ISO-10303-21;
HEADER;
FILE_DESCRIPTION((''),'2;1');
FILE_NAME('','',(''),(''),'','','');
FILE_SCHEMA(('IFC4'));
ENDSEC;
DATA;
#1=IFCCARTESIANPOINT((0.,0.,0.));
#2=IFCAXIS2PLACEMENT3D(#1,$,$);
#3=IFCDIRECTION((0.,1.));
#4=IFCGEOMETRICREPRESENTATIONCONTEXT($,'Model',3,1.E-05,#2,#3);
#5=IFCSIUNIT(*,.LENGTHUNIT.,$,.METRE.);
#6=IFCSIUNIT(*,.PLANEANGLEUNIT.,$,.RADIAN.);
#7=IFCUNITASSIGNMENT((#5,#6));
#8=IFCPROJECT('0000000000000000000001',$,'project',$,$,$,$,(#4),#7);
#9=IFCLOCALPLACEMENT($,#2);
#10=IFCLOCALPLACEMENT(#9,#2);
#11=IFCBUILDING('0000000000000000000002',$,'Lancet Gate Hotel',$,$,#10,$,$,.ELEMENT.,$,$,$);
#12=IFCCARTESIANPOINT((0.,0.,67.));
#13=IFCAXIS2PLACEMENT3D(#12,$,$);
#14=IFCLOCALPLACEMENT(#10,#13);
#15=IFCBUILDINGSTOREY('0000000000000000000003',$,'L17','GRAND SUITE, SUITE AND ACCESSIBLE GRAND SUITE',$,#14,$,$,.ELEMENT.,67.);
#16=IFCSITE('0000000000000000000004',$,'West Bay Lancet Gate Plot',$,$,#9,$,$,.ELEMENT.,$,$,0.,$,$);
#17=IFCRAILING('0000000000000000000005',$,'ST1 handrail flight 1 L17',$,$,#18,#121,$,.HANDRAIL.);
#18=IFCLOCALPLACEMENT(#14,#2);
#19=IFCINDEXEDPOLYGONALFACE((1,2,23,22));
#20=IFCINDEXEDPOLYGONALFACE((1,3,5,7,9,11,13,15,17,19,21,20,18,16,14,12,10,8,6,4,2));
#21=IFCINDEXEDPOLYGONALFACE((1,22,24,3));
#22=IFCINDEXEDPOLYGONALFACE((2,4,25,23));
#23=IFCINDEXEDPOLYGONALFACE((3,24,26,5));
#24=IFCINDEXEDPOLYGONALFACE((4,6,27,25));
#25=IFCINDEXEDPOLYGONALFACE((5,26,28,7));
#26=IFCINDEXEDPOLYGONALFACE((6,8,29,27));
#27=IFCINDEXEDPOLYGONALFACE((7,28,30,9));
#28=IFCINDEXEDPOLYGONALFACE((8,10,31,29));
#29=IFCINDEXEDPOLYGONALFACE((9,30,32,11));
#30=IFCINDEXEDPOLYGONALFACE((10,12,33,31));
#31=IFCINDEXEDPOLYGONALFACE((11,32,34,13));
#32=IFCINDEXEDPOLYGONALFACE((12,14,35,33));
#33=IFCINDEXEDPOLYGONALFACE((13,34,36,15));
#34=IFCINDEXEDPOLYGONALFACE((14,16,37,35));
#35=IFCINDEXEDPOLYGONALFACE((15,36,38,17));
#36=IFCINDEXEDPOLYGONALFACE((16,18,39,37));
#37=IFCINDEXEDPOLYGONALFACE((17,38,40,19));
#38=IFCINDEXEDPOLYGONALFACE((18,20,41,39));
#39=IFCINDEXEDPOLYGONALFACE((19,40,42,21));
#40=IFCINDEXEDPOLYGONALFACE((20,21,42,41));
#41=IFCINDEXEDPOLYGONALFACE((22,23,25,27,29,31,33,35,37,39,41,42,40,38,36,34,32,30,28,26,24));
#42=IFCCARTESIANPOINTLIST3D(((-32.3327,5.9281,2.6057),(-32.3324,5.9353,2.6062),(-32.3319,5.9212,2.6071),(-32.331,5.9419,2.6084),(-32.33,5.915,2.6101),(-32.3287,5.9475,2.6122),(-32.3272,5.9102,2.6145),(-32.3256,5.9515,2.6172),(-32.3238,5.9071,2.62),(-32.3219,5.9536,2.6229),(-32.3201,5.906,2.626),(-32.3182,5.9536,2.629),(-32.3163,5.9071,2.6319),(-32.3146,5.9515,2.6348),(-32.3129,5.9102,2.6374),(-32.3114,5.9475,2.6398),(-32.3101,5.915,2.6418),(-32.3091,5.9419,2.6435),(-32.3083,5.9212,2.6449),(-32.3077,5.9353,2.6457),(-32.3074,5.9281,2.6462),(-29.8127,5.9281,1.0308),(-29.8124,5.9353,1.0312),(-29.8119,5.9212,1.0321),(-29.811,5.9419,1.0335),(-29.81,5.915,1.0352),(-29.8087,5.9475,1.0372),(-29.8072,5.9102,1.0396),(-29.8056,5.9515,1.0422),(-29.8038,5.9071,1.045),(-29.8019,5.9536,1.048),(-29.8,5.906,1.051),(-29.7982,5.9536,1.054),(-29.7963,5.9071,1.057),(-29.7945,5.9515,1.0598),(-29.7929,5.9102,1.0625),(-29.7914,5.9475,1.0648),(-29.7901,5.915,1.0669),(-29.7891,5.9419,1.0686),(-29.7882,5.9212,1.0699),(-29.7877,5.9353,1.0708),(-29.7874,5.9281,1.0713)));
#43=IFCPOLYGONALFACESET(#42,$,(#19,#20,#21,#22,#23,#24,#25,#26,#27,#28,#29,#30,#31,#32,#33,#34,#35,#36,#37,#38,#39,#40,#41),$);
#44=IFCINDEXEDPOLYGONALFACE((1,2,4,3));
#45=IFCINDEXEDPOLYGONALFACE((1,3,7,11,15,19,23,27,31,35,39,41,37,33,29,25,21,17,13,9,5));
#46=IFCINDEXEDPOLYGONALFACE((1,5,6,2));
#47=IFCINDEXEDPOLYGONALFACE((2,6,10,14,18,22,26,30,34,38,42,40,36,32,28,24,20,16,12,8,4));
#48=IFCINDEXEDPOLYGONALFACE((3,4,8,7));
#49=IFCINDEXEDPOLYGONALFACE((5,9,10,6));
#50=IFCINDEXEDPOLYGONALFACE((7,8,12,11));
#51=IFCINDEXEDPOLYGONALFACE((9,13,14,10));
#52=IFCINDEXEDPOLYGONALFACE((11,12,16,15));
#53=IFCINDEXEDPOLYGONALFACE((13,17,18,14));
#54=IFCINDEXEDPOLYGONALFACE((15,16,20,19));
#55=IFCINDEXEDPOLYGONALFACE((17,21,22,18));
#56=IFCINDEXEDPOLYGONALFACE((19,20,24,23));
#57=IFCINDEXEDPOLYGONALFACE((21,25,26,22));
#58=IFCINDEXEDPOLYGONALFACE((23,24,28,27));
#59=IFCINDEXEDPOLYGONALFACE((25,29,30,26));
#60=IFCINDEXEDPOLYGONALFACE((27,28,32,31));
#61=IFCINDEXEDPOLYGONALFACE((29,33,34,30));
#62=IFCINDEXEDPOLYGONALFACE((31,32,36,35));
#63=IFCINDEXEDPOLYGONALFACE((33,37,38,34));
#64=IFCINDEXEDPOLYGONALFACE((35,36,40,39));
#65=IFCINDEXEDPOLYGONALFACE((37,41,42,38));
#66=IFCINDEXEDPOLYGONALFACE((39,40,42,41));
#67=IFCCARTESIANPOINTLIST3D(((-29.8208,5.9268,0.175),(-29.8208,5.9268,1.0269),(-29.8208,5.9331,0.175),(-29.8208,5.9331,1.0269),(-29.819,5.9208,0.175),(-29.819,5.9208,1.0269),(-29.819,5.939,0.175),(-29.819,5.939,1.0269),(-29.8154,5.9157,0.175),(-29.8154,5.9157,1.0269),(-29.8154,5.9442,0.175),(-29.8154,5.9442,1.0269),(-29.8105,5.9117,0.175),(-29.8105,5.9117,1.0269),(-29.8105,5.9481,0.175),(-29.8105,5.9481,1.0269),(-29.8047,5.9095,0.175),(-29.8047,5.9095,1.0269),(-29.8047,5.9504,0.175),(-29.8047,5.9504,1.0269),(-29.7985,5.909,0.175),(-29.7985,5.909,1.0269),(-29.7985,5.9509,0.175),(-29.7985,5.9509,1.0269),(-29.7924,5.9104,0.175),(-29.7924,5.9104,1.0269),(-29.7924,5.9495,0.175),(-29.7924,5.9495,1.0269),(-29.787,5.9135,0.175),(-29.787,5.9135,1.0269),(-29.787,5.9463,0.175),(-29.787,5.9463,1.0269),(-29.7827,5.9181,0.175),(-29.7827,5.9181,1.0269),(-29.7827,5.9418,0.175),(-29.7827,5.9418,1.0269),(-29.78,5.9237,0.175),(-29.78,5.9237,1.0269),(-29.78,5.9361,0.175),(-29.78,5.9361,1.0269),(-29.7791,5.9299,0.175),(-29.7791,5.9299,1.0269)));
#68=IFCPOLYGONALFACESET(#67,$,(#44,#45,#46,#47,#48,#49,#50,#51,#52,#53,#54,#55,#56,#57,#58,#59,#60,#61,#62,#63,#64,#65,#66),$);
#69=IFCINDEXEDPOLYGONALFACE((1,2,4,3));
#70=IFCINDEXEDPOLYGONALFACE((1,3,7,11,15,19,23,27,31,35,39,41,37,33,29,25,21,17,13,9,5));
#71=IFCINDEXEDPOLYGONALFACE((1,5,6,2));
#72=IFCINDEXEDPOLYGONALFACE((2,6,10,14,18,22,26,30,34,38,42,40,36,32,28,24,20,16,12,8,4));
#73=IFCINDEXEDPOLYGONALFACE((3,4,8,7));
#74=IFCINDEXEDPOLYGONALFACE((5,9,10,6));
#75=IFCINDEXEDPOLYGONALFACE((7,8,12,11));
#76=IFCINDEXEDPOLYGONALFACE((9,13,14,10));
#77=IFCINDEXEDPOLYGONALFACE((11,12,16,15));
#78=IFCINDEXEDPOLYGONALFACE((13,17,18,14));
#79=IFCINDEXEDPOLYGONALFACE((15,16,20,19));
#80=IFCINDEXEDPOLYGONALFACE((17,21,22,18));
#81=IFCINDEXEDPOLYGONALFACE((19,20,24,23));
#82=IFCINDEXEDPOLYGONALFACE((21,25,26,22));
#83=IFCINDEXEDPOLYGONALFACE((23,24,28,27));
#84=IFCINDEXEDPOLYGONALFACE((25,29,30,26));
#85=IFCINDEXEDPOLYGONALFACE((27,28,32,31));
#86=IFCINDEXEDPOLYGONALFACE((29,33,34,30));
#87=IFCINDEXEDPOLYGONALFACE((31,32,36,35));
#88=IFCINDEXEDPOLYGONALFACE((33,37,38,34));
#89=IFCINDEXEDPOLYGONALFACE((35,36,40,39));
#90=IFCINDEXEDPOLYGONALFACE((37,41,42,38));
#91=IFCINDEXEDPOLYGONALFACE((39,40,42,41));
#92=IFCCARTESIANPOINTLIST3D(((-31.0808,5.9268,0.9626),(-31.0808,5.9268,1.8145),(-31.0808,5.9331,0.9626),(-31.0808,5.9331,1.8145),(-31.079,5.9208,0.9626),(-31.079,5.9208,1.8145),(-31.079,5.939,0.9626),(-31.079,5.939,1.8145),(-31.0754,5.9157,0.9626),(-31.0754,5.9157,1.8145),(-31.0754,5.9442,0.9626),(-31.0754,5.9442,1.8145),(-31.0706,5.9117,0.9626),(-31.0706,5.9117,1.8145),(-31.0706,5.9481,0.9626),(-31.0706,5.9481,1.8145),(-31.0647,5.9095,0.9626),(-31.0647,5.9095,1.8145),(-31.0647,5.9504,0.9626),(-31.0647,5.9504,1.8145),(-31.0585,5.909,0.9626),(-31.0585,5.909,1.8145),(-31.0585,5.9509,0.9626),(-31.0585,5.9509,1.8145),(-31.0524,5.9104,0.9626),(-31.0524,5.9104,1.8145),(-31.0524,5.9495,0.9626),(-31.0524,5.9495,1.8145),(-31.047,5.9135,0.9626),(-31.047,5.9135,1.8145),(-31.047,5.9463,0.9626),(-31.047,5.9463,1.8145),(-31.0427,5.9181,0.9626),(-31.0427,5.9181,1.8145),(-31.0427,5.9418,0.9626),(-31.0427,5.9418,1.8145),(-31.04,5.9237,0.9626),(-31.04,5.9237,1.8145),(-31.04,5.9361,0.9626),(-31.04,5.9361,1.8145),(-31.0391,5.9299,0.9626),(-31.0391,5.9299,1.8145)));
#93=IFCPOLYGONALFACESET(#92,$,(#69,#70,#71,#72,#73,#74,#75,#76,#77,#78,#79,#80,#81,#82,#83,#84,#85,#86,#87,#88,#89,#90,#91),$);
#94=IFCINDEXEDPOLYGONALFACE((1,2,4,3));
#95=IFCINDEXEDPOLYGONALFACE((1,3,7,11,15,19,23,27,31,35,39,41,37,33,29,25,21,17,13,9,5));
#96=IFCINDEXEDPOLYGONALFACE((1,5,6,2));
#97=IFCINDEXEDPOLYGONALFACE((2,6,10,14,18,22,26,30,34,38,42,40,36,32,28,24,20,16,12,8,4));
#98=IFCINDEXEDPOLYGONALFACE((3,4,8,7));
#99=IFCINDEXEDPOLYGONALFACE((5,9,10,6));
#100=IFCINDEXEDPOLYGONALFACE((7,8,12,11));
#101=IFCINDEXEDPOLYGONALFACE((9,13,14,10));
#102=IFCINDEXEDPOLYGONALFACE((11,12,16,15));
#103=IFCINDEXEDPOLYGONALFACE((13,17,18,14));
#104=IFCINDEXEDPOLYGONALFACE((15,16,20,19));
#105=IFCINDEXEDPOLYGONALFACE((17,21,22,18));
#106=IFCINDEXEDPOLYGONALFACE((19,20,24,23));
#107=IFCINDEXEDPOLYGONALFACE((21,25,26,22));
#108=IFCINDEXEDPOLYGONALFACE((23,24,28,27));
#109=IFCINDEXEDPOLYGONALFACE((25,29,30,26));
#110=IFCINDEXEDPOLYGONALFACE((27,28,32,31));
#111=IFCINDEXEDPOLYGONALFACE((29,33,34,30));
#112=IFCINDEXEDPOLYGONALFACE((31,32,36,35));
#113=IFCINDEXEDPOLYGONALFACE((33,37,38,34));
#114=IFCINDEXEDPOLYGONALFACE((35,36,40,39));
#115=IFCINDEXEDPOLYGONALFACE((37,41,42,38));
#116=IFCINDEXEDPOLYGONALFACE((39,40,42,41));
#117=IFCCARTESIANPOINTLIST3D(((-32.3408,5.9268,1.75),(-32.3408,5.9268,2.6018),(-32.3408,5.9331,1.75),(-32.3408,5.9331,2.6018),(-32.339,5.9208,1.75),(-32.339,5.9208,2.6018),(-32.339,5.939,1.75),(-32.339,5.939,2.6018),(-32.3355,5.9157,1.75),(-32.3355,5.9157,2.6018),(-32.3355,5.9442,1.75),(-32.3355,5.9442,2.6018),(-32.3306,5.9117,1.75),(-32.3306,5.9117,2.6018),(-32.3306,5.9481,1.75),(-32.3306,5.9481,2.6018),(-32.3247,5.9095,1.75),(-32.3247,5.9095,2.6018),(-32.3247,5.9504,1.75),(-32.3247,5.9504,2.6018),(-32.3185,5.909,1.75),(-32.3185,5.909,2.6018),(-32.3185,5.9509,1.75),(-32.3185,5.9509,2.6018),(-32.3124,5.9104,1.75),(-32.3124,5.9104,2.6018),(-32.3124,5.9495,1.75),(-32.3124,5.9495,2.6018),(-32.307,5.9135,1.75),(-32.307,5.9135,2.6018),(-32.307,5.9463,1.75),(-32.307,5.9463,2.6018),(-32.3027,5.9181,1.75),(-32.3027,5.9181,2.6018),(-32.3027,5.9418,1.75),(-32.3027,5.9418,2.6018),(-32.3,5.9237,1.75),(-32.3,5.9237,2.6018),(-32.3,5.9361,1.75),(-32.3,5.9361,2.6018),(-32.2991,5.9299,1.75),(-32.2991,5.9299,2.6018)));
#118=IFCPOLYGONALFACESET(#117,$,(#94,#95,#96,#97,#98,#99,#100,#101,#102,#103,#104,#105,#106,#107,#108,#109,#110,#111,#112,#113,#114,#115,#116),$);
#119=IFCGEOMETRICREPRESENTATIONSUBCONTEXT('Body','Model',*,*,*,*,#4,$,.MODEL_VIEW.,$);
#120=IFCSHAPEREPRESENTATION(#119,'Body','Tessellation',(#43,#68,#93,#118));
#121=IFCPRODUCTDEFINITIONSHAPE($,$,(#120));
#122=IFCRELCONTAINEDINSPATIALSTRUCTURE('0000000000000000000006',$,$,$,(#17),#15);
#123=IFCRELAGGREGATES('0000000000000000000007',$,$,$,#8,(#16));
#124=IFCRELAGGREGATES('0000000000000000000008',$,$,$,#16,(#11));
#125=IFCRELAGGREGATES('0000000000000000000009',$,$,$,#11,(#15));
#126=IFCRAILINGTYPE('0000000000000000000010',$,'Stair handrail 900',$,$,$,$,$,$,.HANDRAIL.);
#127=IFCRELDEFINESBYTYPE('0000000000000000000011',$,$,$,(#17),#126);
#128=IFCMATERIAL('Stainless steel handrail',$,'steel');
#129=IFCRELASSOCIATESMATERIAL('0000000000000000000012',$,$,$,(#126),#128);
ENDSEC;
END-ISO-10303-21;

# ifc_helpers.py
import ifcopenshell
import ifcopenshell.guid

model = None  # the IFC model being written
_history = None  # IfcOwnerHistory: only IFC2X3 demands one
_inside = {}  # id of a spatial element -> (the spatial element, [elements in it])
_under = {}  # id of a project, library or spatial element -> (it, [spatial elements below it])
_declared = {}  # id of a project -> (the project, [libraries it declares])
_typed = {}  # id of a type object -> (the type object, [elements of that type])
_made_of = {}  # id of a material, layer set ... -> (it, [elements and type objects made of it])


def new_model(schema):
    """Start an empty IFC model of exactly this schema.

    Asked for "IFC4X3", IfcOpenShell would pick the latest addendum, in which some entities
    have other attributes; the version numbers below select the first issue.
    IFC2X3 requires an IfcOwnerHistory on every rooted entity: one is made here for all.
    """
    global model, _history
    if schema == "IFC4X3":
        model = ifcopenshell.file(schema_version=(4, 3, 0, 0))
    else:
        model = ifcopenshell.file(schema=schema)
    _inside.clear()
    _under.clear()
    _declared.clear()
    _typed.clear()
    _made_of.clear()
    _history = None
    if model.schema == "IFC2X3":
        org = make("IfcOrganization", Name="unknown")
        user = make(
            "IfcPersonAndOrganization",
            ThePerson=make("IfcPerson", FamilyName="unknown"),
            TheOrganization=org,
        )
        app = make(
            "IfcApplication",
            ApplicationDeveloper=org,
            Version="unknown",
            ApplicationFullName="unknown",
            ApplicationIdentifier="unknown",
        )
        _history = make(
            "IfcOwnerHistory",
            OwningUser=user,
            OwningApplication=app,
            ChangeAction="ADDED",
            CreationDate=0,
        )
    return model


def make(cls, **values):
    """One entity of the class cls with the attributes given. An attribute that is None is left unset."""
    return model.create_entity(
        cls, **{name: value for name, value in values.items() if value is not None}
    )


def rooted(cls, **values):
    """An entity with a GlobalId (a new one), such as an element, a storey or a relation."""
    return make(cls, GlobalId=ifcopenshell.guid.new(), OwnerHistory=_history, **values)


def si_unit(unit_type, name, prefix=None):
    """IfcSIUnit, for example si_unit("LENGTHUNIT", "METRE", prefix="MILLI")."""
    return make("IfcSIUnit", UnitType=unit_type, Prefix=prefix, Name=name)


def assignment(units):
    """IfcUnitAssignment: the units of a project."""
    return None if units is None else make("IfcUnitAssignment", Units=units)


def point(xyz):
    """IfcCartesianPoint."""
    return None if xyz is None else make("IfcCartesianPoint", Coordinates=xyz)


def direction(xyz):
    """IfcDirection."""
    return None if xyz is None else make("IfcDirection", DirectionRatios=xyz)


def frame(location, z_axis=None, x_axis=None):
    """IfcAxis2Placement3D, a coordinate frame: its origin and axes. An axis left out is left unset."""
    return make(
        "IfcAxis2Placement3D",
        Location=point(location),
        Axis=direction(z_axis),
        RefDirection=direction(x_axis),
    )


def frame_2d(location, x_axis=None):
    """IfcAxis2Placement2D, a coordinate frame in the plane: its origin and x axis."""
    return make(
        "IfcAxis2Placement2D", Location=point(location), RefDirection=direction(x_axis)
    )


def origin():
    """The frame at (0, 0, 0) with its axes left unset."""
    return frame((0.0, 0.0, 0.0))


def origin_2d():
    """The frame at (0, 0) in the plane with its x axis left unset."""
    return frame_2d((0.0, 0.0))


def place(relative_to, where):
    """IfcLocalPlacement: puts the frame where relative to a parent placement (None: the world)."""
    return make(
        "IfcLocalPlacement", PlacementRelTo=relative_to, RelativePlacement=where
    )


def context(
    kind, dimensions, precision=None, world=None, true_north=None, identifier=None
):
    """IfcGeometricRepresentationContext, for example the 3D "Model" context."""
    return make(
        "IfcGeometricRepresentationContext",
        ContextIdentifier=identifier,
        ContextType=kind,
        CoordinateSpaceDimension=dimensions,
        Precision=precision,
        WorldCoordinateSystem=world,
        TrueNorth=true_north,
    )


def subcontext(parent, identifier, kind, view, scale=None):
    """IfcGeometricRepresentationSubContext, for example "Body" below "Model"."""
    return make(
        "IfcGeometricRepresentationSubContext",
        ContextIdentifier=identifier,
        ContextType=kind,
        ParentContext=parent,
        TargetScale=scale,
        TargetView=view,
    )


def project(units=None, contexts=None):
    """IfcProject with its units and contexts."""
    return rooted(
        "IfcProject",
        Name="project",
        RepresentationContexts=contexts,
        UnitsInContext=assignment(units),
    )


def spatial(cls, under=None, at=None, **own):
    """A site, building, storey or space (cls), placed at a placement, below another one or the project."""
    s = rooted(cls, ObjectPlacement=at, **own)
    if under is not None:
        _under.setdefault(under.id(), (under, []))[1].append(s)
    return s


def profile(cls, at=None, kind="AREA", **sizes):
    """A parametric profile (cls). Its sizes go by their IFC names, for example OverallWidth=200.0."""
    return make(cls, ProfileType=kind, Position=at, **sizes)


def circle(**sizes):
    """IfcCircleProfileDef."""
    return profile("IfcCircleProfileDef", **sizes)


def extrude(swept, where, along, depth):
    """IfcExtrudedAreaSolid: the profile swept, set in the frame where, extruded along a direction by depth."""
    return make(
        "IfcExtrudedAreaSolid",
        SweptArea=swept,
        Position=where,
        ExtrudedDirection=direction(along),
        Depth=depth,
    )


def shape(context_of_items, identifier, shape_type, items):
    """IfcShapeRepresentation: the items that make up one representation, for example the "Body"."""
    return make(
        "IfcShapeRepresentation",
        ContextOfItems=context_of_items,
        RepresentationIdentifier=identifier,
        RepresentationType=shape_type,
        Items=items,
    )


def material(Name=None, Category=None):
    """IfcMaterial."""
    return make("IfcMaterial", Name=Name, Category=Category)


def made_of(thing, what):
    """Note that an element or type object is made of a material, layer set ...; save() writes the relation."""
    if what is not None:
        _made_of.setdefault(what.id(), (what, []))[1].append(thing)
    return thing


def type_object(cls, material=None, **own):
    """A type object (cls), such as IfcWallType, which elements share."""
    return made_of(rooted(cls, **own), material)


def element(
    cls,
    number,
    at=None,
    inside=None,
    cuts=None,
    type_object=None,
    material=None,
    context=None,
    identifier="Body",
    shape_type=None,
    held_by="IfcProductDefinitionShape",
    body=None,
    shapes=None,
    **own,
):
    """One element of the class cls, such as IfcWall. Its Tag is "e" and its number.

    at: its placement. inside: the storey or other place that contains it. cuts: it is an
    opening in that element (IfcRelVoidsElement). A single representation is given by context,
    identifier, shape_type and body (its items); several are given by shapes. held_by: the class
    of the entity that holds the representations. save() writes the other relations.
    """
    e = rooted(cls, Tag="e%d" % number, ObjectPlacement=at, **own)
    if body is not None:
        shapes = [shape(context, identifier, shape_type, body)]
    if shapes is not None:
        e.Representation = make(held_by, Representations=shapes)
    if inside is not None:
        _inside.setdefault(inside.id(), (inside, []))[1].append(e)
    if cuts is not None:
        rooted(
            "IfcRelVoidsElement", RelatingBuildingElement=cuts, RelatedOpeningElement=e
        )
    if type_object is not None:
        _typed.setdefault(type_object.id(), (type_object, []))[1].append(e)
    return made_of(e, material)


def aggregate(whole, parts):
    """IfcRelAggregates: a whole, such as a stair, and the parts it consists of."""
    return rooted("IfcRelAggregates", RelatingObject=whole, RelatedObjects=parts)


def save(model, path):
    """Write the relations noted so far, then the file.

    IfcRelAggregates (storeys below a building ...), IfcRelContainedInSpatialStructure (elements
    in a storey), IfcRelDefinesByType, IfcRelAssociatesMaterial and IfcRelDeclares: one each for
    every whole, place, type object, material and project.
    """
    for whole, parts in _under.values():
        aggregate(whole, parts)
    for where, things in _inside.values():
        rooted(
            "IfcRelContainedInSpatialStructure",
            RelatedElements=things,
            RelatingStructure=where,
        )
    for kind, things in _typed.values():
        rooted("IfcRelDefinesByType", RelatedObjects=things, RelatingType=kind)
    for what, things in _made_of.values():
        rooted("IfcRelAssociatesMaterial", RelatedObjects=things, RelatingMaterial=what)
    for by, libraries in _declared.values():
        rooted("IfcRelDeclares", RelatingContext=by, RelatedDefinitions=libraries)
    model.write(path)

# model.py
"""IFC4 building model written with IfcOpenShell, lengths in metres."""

from ifc_helpers import new_model, si_unit, direction, frame, origin, origin_2d, place, context, subcontext, project, spatial, circle, extrude, material, type_object, element, save


model = new_model("IFC4")

# Units and contexts
model_context = context("Model", 3, precision=1e-05, world=origin(), true_north=direction((0.0, 1.0)))
body_context = subcontext(model_context, "Body", "Model", "MODEL_VIEW")
ifc_project = project(units=[si_unit("LENGTHUNIT", "METRE"), si_unit("PLANEANGLEUNIT", "RADIAN")], contexts=[model_context])

# Site, building, storey
site_placement = place(None, origin())
site = spatial("IfcSite", under=ifc_project, at=site_placement, Name="West Bay Lancet Gate Plot", CompositionType="ELEMENT", RefElevation=0.0)
building_placement = place(site_placement, origin())
building = spatial("IfcBuilding", under=site, at=building_placement, Name="Lancet Gate Hotel", CompositionType="ELEMENT")
storey_placement = place(building_placement, frame((0.0, 0.0, 67.0)))
storey = spatial("IfcBuildingStorey", under=building, at=storey_placement, Name="L17", Description="GRAND SUITE, SUITE AND ACCESSIBLE GRAND SUITE", CompositionType="ELEMENT", Elevation=67.0)

# Railing
ifc_material_1 = material(Name="Stainless steel handrail", Category="steel")
railing_type = type_object("IfcRailingType", Name="Stair handrail 900", PredefinedType="HANDRAIL", material=ifc_material_1)
railing_1_placement = place(storey_placement, frame((-29.8, 5.9299, 0.175)))
element("IfcRailing", 1, at=railing_1_placement, inside=storey, type_object=railing_type, Name="ST1 handrail flight 1 L17", PredefinedType="HANDRAIL", context=body_context, shape_type="SweptSolid", body=[
    extrude(circle(Radius=0.0239, at=origin_2d()), frame((0.0, 0.0, 0.876), z_axis=(-0.848008, 0.0, 0.529984), x_axis=(0.0, -1.0, 0.0)), (0.0, 0.0, 1.0), 2.9717),
    extrude(circle(Radius=0.021, at=origin_2d()), origin(), (0.0, 0.0, 1.0), 0.8518),
    extrude(circle(Radius=0.021, at=origin_2d()), frame((-1.26, 0.0, 0.7876)), (0.0, 0.0, 1.0), 0.8518),
    extrude(circle(Radius=0.021, at=origin_2d()), frame((-2.52, 0.0, 1.575)), (0.0, 0.0, 1.0), 0.8518),
])

save(model, "model.ifc")
